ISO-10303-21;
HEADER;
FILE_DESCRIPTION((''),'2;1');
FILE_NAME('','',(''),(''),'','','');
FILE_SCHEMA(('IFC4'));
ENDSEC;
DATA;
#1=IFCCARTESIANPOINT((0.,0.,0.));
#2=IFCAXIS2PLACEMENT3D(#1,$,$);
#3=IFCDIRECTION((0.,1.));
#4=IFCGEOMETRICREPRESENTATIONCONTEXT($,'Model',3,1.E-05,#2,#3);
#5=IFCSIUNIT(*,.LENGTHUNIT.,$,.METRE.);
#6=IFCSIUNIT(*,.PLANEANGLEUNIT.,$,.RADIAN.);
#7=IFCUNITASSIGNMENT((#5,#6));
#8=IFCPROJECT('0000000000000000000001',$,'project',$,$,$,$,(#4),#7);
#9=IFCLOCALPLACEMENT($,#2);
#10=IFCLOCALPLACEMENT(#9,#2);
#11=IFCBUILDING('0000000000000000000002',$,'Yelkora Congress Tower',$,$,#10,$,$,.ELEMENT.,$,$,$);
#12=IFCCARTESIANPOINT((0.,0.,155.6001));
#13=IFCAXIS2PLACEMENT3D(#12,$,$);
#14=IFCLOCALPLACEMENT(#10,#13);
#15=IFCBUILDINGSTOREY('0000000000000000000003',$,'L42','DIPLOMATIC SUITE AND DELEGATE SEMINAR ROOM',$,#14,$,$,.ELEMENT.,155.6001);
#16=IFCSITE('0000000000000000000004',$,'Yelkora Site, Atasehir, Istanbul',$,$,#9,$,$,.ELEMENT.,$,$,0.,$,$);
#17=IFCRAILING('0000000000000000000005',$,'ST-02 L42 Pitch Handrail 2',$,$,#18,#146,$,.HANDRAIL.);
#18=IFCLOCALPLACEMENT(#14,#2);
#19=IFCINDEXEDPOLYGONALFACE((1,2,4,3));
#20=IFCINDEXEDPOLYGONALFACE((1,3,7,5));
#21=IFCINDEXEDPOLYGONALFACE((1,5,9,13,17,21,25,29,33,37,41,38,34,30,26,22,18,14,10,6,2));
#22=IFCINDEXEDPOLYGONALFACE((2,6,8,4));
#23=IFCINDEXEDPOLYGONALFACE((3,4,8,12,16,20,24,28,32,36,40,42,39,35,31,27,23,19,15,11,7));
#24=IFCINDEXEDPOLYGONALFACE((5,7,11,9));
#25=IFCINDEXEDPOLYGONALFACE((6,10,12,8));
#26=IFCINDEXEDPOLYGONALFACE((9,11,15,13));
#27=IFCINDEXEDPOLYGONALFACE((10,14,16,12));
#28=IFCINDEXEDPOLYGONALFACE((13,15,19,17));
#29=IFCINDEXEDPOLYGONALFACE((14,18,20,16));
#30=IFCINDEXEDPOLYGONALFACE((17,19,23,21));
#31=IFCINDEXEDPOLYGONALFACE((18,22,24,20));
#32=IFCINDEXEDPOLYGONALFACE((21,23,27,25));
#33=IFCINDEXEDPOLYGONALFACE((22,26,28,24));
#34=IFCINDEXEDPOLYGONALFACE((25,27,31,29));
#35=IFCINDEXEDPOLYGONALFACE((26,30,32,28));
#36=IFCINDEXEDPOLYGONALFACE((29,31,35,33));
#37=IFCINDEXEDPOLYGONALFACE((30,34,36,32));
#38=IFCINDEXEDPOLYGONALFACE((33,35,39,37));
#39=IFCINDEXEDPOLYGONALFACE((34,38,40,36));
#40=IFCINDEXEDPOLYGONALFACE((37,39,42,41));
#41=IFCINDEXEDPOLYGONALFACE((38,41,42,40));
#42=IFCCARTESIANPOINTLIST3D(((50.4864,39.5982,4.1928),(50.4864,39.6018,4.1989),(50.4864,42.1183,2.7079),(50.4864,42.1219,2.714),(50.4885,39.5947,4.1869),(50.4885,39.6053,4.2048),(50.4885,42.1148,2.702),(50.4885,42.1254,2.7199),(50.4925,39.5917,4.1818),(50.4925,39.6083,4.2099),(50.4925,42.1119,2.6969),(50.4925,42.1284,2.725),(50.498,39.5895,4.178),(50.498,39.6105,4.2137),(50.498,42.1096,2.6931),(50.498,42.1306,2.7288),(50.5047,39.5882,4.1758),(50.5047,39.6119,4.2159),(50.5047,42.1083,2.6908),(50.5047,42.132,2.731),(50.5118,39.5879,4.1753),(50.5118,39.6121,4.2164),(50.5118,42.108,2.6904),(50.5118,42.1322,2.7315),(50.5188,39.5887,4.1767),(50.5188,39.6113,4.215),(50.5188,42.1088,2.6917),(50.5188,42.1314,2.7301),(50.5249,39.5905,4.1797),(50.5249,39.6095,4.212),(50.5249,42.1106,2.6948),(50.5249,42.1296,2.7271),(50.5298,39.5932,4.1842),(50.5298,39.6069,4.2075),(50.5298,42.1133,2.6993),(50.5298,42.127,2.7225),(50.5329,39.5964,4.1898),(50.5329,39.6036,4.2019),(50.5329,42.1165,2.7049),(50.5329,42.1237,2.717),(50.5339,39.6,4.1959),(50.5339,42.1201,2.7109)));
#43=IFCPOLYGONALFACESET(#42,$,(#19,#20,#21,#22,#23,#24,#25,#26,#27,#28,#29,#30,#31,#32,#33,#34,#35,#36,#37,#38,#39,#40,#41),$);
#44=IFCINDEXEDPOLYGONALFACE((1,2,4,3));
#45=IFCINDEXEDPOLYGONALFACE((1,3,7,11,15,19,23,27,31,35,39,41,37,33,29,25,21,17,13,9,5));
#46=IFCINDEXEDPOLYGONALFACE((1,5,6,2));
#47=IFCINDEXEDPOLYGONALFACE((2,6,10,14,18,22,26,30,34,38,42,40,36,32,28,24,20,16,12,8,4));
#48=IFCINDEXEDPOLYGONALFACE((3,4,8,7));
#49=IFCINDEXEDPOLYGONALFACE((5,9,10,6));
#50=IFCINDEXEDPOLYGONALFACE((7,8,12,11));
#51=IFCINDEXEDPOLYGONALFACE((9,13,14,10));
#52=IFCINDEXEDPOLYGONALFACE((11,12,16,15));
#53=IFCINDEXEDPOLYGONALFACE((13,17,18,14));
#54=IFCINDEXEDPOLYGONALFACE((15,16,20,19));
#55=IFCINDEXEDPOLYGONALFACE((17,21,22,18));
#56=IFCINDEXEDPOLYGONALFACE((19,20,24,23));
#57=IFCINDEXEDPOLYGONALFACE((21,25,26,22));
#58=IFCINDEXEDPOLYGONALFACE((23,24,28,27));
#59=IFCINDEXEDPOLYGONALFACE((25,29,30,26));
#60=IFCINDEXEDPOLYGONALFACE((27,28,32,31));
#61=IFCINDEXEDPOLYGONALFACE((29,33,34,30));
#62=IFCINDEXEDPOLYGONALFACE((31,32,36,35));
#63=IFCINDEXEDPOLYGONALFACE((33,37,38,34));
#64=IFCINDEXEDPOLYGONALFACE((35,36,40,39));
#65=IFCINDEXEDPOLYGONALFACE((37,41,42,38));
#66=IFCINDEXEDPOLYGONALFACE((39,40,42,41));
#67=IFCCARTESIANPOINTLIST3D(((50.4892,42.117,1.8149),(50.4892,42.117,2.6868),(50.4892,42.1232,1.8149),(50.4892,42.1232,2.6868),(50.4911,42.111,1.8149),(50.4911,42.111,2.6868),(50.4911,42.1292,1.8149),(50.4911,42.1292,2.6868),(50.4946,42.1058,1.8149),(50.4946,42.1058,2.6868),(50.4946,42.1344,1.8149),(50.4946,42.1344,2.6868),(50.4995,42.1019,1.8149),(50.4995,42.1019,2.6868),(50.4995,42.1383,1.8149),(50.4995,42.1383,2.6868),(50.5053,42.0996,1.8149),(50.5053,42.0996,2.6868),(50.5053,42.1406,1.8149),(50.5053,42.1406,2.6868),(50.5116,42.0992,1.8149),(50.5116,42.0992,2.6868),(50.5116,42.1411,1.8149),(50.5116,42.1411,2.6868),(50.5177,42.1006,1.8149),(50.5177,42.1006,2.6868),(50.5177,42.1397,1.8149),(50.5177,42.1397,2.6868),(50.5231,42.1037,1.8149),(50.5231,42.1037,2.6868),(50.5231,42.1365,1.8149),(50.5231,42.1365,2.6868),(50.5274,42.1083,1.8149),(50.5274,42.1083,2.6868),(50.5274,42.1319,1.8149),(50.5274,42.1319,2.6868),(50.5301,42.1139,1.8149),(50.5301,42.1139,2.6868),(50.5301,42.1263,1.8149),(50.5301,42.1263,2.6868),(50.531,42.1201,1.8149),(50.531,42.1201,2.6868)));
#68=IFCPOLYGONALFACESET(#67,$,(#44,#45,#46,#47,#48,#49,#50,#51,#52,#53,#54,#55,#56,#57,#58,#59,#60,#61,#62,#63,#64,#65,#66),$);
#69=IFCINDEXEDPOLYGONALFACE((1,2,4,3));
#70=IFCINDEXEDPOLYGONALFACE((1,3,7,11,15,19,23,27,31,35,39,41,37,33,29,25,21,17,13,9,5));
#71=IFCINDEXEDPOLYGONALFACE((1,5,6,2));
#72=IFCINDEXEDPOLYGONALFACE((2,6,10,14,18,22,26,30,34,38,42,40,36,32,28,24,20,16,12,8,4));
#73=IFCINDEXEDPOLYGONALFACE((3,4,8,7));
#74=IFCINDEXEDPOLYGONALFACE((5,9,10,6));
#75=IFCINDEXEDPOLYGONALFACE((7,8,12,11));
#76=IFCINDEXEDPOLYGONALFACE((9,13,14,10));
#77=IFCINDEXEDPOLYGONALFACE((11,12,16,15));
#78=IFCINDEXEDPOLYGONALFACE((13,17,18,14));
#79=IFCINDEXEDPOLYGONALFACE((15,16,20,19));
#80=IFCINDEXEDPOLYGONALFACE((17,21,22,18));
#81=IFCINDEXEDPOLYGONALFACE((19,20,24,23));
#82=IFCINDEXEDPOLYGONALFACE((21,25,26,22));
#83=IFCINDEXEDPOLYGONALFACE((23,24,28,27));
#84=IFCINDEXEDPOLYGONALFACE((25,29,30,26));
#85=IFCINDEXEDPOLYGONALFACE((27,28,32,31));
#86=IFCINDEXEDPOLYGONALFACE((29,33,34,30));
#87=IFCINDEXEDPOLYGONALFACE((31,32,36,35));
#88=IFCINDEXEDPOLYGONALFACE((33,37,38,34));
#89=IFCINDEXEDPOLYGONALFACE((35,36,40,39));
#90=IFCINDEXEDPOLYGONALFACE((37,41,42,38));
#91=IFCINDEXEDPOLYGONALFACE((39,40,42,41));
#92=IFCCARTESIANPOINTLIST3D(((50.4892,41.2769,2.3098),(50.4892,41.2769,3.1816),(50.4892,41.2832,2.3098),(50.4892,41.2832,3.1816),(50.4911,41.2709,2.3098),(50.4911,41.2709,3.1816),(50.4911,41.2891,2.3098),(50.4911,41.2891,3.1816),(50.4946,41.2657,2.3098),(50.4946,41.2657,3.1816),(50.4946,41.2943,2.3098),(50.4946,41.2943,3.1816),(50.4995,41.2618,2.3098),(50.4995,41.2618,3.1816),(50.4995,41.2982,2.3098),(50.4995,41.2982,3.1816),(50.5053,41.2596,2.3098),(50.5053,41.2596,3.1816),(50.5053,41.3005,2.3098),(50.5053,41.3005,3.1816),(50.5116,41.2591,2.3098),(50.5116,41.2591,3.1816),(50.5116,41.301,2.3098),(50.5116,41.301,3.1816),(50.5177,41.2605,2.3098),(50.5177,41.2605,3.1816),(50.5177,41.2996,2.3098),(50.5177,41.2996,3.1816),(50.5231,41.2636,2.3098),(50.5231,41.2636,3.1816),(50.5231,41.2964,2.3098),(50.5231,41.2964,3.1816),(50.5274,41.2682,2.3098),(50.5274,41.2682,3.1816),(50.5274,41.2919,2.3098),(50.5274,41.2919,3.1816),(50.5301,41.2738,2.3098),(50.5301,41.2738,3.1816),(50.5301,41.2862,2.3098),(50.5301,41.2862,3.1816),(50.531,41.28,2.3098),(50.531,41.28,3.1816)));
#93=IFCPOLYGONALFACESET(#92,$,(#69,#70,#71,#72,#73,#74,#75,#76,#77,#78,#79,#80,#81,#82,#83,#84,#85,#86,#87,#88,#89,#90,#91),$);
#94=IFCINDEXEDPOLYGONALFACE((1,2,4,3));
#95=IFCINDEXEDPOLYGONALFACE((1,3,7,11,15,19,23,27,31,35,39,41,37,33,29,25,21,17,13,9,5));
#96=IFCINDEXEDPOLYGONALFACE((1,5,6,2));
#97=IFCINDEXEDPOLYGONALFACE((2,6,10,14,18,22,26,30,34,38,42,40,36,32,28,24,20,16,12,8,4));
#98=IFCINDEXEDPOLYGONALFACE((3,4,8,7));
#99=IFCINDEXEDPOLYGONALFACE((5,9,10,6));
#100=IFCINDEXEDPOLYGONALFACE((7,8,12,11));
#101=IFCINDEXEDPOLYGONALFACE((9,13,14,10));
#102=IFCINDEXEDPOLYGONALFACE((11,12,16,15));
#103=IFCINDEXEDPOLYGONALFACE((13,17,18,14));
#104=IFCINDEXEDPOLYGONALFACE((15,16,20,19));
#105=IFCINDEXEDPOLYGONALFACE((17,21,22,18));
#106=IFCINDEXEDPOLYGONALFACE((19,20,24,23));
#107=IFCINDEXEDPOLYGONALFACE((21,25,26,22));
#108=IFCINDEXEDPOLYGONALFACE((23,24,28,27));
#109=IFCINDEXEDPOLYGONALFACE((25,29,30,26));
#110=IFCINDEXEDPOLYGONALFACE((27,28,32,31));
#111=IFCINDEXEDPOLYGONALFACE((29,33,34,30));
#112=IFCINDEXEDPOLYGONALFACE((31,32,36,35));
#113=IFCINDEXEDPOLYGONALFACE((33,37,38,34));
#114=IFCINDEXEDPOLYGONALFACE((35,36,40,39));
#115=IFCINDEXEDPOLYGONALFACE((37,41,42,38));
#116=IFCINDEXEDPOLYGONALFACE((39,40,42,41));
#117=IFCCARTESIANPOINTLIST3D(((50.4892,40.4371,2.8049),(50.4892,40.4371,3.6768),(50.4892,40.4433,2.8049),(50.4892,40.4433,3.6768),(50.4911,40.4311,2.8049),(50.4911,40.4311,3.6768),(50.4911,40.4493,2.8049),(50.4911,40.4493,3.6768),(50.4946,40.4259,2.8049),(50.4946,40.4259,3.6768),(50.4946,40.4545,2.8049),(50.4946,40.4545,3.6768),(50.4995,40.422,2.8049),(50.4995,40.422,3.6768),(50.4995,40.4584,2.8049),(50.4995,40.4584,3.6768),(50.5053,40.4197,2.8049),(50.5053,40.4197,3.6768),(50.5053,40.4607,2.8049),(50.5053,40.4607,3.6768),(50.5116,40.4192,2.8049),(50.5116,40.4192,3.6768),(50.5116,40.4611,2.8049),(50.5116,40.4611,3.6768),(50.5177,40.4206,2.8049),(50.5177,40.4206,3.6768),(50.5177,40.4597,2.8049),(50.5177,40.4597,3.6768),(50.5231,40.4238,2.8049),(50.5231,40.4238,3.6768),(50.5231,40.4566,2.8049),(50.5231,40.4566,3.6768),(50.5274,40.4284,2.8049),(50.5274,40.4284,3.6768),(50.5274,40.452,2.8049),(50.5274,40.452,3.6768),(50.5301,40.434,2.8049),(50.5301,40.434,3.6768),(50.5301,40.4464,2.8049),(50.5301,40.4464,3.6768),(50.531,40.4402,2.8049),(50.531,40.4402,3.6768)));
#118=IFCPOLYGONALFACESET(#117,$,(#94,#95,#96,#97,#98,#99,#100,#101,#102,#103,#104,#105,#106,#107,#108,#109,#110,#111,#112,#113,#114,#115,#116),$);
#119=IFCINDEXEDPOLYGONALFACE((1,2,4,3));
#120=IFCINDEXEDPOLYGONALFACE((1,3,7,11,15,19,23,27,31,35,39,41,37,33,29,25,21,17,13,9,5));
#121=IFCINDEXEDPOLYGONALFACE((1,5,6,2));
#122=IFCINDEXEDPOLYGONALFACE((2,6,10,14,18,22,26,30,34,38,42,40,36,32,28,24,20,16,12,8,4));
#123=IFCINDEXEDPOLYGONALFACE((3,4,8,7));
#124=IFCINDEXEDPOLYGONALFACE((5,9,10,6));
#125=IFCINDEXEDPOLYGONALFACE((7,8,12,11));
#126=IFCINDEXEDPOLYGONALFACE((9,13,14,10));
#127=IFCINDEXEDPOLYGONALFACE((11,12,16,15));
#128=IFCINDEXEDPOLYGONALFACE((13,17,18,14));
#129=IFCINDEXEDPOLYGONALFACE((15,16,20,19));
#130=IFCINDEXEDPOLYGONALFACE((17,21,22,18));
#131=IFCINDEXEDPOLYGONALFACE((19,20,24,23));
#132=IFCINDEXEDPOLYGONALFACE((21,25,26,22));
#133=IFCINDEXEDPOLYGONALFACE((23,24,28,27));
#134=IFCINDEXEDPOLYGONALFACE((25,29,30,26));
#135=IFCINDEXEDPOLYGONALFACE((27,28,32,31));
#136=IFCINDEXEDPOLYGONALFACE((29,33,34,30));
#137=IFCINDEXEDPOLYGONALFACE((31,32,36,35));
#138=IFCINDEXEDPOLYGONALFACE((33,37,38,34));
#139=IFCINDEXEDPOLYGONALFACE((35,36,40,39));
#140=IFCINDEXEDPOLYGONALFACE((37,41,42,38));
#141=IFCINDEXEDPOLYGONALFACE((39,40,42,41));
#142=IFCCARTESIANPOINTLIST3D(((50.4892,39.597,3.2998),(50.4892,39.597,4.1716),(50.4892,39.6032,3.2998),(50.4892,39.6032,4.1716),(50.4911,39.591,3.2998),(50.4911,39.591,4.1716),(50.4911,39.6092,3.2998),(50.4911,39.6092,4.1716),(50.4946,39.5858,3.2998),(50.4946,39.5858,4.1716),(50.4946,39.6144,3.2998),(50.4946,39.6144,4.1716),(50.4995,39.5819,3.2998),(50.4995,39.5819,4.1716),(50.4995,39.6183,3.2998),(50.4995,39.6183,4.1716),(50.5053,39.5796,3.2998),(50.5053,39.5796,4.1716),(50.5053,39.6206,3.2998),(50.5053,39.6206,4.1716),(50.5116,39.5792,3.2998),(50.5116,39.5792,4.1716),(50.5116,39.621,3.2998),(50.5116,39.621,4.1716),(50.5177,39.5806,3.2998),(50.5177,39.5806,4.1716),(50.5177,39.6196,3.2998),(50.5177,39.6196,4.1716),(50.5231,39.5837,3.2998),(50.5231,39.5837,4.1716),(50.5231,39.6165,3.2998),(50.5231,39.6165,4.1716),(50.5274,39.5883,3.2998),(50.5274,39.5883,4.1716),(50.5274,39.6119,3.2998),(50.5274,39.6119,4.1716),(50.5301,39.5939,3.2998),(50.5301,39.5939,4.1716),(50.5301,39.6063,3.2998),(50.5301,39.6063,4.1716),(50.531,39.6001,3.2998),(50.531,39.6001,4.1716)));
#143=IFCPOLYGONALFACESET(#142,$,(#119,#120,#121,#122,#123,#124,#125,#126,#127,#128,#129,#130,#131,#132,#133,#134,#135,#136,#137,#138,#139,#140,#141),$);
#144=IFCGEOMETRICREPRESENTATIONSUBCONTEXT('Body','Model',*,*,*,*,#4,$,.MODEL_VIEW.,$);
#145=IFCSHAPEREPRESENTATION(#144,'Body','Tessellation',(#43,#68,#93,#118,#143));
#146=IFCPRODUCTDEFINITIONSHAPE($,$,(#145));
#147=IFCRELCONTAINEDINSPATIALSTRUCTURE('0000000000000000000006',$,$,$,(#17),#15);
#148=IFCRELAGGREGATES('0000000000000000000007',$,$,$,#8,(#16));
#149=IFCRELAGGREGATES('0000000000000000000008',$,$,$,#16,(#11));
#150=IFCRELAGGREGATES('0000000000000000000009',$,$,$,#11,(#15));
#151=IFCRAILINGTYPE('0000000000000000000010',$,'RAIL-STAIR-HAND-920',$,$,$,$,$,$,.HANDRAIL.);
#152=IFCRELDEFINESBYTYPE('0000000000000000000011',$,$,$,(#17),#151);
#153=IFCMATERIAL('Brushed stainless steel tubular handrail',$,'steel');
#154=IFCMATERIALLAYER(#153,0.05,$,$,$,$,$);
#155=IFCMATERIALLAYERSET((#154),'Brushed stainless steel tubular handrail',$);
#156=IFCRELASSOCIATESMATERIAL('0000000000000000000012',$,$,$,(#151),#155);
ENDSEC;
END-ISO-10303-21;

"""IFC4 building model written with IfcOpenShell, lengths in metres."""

from ifc_helpers import new_model, si_unit, direction, frame, origin, origin_2d, place, context, subcontext, project, spatial, circle, extrude, material, layer, layer_set, type_object, element, save


model = new_model("IFC4")

# Units and contexts
model_context = context("Model", 3, precision=1e-05, world=origin(), true_north=direction((0.0, 1.0)))
body_context = subcontext(model_context, "Body", "Model", "MODEL_VIEW")
ifc_project = project(units=[si_unit("LENGTHUNIT", "METRE"), si_unit("PLANEANGLEUNIT", "RADIAN")], contexts=[model_context])

# Site, building, storey
site_placement = place(None, origin())
site = spatial("IfcSite", under=ifc_project, at=site_placement, Name="Yelkora Site, Atasehir, Istanbul", CompositionType="ELEMENT", RefElevation=0.0)
building_placement = place(site_placement, origin())
building = spatial("IfcBuilding", under=site, at=building_placement, Name="Yelkora Congress Tower", CompositionType="ELEMENT")
storey_placement = place(building_placement, frame((0.0, 0.0, 155.6001)))
storey = spatial("IfcBuildingStorey", under=building, at=storey_placement, Name="L42", Description="DIPLOMATIC SUITE AND DELEGATE SEMINAR ROOM", CompositionType="ELEMENT", Elevation=155.6001)

# Railing
ifc_material_1 = material(Name="Brushed stainless steel tubular handrail", Category="steel")
ifc_layer_1 = layer(ifc_material_1, 0.05)
ifc_layer_set_1 = layer_set([ifc_layer_1], Name="Brushed stainless steel tubular handrail")
railing_type_1 = type_object("IfcRailingType", Name="RAIL-STAIR-HAND-920", PredefinedType="HANDRAIL", material=ifc_layer_set_1)
railing_1_placement = place(storey_placement, frame((50.51, 42.1201, 1.8149)))
element("IfcRailing", 1, at=railing_1_placement, inside=storey, type_object=railing_type_1, Name="ST-02 L42 Pitch Handrail 2", PredefinedType="HANDRAIL", context=body_context, shape_type="SweptSolid", body=[
    extrude(circle(Radius=0.0239, at=origin_2d()), frame((0.0, 0.0, 0.896), z_axis=(0.0, -0.861561, 0.507655), x_axis=(1.0, 0.0, 0.0)), (0.0, 0.0, 1.0), 2.925),
    extrude(circle(Radius=0.021, at=origin_2d()), origin(), (0.0, 0.0, 1.0), 0.8718),
    extrude(circle(Radius=0.021, at=origin_2d()), frame((0.0, -0.8401, 0.4949)), (0.0, 0.0, 1.0), 0.8718),
    extrude(circle(Radius=0.021, at=origin_2d()), frame((0.0, -1.6799, 0.99)), (0.0, 0.0, 1.0), 0.8718),
    extrude(circle(Radius=0.021, at=origin_2d()), frame((0.0, -2.52, 1.4849)), (0.0, 0.0, 1.0), 0.8718),
])

save(model, "model.ifc")
